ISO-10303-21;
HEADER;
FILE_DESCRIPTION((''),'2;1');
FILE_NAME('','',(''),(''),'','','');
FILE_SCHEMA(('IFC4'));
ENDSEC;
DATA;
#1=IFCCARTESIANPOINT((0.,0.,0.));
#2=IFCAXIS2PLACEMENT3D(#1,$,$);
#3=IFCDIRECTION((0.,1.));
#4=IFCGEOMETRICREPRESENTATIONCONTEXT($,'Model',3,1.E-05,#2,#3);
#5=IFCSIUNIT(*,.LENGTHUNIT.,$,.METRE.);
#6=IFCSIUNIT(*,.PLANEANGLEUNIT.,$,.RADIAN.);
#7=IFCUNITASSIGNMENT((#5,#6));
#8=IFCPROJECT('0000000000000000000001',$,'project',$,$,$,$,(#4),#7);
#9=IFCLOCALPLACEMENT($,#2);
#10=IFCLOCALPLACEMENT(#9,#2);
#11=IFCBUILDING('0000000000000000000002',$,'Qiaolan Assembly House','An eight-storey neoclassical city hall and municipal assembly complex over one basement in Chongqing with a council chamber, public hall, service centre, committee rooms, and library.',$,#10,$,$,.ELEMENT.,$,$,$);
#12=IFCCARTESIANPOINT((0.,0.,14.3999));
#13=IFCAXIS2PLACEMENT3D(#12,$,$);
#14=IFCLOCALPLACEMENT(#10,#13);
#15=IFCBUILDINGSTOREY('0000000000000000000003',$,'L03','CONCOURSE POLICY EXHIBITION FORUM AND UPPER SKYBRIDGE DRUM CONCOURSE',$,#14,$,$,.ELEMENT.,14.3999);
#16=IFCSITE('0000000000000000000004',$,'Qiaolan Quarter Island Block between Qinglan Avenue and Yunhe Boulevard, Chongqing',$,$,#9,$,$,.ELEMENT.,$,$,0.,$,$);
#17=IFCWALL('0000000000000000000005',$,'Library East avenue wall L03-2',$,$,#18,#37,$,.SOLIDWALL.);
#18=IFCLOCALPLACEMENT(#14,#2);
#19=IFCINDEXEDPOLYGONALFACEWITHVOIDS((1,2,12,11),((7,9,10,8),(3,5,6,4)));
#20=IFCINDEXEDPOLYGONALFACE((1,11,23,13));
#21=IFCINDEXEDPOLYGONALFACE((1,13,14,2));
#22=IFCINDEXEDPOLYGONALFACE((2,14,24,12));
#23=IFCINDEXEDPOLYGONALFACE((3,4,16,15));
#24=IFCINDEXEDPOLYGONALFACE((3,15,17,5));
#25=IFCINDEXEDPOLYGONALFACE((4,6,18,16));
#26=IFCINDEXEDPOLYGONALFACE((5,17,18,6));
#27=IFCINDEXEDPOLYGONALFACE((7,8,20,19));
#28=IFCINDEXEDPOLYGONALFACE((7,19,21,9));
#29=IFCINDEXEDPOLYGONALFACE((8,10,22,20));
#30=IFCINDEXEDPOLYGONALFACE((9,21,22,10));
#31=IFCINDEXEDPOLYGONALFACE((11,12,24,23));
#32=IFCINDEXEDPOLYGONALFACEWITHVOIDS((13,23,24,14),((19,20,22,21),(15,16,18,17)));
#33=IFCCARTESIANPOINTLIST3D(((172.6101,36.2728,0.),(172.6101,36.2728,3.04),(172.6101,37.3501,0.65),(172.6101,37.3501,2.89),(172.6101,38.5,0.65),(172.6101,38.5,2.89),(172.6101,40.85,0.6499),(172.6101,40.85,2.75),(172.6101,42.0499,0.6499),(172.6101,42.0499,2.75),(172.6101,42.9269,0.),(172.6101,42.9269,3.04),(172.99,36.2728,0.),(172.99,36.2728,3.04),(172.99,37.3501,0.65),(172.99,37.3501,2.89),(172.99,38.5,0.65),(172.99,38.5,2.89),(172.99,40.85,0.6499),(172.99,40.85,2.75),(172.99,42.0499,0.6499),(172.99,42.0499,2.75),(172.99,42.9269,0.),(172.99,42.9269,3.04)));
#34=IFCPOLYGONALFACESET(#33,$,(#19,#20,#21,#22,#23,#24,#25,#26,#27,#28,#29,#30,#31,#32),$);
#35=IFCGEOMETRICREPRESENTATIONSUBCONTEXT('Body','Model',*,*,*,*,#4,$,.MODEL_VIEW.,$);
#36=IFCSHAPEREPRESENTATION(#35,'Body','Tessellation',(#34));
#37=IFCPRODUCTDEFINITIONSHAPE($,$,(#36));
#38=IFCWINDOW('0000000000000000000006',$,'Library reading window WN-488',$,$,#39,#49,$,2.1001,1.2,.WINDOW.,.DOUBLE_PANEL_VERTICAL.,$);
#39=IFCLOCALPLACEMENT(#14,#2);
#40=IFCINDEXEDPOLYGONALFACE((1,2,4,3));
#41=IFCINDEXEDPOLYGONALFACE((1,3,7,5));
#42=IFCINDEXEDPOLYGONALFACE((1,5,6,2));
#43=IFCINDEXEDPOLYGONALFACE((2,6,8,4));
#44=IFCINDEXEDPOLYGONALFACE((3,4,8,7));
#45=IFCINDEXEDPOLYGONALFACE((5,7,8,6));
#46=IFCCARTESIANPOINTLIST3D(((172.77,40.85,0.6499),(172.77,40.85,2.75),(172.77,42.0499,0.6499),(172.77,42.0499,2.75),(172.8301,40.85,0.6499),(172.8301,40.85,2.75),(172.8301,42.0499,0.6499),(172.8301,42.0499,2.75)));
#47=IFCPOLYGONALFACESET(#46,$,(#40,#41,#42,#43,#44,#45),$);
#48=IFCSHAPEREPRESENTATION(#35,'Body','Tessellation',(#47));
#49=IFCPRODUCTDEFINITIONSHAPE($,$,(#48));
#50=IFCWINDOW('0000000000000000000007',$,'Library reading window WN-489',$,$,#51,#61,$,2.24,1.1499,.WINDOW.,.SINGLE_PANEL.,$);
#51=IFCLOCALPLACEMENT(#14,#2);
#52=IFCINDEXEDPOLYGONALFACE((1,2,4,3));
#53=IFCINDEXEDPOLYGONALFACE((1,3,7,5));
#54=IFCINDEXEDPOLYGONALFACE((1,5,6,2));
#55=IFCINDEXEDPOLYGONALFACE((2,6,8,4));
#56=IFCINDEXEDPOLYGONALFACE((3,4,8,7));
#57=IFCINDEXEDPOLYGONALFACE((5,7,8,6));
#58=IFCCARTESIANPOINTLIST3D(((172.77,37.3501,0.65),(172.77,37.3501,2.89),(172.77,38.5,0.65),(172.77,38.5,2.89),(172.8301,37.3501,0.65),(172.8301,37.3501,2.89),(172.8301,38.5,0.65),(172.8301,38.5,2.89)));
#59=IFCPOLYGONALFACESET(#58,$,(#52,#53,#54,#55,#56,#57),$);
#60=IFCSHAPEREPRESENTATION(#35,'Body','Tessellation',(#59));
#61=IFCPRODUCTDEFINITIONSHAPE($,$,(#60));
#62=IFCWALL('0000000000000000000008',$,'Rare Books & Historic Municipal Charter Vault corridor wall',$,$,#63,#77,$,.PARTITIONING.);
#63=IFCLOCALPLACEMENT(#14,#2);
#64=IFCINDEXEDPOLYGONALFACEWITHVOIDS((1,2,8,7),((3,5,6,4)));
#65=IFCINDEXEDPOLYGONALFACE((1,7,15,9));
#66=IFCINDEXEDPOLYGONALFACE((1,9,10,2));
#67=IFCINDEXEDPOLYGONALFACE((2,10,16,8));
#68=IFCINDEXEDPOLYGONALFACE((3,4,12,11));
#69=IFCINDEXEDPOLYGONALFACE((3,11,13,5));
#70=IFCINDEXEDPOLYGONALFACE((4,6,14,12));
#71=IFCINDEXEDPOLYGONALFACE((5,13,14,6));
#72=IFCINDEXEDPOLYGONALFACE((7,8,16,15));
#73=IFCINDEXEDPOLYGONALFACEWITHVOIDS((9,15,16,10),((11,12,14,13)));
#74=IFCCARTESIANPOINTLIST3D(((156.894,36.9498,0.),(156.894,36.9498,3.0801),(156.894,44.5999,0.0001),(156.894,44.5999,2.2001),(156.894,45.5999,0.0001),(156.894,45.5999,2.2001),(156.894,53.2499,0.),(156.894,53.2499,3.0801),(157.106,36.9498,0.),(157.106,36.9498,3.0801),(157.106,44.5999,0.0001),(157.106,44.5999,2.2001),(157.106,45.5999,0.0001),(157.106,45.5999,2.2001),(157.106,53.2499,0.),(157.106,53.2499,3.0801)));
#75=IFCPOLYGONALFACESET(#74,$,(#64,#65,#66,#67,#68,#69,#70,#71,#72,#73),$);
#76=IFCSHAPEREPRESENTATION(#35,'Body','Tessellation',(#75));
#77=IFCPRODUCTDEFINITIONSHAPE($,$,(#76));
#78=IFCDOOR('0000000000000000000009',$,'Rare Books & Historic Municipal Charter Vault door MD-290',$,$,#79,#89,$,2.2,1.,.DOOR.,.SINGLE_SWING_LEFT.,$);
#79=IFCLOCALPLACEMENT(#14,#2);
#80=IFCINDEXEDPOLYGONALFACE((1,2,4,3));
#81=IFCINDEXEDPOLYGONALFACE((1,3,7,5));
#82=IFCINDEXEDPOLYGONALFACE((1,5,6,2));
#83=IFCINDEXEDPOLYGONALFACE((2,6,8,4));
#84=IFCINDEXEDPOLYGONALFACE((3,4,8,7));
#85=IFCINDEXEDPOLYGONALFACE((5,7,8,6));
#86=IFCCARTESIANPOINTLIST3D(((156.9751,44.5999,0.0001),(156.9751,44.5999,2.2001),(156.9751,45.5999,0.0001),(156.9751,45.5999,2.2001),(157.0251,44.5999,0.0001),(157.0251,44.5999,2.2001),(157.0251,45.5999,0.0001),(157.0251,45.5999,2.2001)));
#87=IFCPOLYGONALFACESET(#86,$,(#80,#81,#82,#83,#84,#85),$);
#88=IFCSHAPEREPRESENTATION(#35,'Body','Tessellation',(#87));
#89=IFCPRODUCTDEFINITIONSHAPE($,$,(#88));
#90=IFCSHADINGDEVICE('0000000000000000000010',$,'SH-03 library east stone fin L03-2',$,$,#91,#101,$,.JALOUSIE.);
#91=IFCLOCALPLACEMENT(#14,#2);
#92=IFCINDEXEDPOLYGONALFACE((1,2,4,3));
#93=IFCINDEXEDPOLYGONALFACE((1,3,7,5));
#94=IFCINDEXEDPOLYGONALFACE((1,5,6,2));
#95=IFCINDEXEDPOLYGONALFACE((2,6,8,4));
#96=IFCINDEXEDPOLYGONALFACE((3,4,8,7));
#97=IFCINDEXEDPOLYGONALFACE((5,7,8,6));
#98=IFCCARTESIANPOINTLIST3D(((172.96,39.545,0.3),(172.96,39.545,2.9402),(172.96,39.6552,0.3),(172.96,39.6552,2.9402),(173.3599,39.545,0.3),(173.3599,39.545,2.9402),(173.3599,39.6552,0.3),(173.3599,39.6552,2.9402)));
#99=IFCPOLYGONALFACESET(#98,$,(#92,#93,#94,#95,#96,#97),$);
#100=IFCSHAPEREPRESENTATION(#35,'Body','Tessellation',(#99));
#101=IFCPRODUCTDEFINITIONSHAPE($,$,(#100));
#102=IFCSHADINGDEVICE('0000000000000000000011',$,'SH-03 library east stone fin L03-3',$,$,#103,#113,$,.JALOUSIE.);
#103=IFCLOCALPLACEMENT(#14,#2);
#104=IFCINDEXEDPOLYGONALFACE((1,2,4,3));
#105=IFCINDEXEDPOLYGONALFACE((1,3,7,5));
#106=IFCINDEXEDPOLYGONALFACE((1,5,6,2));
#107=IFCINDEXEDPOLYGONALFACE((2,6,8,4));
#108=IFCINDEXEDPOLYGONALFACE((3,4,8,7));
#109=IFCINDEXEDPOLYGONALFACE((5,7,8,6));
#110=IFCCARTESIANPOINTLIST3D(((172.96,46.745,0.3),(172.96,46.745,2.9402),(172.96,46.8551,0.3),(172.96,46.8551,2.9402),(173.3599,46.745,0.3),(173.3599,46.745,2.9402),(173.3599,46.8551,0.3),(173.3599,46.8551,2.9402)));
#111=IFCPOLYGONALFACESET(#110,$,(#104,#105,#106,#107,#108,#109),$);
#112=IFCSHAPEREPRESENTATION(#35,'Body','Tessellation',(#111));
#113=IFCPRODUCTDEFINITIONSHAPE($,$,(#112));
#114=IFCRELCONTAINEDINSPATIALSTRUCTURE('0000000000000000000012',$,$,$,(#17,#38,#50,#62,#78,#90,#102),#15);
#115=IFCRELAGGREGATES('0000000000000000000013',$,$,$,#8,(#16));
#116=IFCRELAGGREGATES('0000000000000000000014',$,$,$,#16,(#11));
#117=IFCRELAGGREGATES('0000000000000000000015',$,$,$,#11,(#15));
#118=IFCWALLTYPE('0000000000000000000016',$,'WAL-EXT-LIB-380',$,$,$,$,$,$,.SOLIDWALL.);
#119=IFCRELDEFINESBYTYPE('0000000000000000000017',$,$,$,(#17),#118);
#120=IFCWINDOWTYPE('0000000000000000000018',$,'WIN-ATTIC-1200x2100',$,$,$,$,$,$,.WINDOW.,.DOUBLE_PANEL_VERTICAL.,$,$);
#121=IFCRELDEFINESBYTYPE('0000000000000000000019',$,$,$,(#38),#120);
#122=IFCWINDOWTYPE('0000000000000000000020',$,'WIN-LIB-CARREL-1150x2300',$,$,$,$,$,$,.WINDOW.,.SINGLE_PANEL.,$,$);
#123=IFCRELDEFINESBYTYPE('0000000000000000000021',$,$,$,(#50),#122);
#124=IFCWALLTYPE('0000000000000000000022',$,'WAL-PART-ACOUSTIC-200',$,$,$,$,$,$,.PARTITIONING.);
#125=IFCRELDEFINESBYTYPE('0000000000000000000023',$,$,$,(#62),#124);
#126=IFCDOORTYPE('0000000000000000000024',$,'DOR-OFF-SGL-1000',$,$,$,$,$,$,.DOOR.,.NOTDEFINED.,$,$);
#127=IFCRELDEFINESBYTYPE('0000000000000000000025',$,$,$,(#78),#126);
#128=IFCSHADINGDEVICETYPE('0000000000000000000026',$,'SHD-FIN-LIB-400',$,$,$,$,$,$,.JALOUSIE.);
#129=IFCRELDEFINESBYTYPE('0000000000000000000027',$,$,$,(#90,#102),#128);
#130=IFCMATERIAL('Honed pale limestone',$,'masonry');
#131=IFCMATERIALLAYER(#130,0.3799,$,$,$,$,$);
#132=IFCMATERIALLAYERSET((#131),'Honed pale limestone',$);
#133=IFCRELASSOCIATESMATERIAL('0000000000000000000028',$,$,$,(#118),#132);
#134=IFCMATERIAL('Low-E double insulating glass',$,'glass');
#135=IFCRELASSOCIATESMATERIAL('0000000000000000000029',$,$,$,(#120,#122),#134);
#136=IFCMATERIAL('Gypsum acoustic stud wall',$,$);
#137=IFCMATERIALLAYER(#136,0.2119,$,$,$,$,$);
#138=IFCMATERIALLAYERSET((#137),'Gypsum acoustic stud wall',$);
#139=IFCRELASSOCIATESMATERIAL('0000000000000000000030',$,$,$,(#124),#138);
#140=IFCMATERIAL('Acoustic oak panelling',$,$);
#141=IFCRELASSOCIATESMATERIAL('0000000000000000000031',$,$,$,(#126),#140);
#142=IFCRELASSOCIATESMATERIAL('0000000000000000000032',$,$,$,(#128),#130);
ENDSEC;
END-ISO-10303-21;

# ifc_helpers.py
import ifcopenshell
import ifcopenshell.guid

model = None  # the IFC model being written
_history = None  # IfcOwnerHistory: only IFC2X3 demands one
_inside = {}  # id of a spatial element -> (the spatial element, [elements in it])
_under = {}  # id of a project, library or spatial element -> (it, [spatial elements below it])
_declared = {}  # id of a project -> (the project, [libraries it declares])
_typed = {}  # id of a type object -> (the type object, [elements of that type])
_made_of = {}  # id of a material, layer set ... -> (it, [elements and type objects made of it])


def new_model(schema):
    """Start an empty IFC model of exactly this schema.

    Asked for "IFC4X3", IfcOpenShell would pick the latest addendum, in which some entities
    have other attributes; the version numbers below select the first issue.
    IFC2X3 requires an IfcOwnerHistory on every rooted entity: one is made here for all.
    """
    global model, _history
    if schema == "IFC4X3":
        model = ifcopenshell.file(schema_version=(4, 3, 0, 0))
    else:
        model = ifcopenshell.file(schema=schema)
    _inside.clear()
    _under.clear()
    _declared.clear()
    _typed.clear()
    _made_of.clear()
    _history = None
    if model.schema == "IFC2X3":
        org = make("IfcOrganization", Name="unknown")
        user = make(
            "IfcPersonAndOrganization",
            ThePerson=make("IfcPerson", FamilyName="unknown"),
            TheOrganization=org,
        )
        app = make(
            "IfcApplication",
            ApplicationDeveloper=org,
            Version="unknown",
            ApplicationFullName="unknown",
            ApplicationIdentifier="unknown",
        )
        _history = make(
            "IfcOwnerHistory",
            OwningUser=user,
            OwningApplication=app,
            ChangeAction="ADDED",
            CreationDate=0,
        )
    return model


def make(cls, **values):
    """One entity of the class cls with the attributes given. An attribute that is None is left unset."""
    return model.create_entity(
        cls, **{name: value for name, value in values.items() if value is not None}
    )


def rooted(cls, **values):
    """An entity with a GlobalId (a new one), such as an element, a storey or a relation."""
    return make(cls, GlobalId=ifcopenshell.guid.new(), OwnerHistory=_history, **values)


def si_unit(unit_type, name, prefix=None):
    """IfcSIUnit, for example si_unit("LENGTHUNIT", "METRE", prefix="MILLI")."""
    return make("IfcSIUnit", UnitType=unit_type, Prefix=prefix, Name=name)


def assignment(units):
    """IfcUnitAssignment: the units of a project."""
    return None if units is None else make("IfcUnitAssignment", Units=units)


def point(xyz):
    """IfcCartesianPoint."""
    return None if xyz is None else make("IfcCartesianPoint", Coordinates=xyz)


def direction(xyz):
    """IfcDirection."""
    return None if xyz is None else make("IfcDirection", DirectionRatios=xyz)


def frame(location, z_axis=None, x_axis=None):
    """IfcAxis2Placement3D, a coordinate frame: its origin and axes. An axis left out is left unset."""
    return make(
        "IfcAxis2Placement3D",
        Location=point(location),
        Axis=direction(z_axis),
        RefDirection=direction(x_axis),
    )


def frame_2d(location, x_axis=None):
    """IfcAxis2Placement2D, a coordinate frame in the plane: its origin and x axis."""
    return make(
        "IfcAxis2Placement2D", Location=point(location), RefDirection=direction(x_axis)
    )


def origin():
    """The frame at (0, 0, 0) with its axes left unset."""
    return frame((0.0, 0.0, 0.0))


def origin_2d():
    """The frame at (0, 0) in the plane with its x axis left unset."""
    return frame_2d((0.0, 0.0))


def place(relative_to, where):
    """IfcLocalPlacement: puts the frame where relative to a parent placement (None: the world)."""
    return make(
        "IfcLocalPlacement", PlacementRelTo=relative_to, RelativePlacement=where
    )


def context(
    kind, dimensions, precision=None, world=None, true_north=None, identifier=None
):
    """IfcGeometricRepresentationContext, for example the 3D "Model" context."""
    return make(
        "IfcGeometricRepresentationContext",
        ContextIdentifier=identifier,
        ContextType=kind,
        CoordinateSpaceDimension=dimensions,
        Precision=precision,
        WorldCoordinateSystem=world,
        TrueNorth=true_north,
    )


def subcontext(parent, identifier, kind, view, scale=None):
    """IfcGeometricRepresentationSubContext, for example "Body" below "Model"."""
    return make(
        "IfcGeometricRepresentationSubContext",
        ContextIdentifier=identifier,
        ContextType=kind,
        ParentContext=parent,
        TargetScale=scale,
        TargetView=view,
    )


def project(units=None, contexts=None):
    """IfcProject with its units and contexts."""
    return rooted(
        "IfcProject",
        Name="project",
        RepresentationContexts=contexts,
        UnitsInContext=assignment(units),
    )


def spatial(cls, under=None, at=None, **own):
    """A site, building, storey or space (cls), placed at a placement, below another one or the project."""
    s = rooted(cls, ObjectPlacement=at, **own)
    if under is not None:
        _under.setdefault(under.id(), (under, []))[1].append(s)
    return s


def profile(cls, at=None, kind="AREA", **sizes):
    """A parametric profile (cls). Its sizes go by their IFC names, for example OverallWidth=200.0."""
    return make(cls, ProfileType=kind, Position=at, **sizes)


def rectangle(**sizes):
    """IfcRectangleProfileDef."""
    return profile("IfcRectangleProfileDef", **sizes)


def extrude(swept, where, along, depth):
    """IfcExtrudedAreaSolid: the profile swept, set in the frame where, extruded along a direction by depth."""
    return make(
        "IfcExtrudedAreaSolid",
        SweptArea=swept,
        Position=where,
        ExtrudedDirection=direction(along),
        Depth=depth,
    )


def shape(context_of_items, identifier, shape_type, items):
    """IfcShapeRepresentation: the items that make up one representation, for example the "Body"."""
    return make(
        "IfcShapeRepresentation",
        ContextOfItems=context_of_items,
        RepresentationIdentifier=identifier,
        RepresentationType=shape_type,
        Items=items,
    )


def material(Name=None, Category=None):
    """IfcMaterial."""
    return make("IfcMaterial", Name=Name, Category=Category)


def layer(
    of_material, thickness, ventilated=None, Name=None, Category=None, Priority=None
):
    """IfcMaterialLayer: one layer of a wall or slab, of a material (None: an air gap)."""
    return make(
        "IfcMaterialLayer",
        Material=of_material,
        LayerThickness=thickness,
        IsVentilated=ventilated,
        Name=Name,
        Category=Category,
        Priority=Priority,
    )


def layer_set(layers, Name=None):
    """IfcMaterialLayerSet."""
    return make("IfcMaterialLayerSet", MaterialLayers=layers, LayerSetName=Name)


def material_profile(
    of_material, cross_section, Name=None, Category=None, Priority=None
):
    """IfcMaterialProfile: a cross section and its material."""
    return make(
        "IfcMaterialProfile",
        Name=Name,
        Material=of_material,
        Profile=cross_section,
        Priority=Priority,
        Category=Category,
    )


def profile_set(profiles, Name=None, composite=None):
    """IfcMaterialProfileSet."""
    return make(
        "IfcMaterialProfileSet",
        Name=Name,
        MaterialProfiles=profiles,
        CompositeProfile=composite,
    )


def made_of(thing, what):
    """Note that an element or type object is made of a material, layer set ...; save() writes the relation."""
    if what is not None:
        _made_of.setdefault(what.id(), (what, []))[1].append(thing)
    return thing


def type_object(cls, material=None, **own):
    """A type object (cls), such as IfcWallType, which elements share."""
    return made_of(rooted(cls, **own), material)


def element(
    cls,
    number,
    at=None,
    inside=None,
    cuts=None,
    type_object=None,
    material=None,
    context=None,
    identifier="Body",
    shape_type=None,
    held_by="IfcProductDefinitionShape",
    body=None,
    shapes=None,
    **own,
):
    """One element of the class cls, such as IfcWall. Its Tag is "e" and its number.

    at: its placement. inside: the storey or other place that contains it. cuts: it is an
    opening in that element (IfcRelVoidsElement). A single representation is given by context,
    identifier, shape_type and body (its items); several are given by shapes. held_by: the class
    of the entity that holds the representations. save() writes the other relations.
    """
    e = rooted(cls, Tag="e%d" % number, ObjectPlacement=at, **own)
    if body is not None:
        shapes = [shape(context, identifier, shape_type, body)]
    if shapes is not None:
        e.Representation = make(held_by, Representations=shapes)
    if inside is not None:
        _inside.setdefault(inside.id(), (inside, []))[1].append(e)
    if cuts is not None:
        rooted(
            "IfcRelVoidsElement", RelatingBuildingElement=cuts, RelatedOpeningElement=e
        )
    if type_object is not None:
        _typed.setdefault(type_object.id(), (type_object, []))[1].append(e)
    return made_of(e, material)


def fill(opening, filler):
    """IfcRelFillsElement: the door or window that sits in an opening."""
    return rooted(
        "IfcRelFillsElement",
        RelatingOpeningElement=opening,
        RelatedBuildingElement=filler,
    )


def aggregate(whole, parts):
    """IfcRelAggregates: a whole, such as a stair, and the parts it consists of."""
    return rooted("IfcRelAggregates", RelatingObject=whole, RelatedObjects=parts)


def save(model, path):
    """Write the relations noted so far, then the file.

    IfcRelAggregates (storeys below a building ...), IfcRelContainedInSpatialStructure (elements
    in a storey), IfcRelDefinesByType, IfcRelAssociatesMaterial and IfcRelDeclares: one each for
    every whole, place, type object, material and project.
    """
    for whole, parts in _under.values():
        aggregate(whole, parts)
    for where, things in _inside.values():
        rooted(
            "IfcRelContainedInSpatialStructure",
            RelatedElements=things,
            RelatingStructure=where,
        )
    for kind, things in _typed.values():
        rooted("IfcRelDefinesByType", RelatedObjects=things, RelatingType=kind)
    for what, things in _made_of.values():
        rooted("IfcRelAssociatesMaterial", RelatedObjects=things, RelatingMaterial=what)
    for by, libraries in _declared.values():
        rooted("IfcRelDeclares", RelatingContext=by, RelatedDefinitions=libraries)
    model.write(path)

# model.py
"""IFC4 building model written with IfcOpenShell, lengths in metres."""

from ifc_helpers import new_model, si_unit, direction, frame, frame_2d, origin, origin_2d, place, context, subcontext, project, spatial, rectangle, extrude, material, layer, layer_set, material_profile, profile_set, type_object, element, fill, save


model = new_model("IFC4")

# Units and contexts
model_context = context("Model", 3, precision=1e-05, world=origin(), true_north=direction((0.0, 1.0)))
body_context = subcontext(model_context, "Body", "Model", "MODEL_VIEW")
ifc_project = project(units=[si_unit("LENGTHUNIT", "METRE"), si_unit("PLANEANGLEUNIT", "RADIAN")], contexts=[model_context])

# Site, building, storey
site_placement = place(None, origin())
site = spatial("IfcSite", under=ifc_project, at=site_placement, Name="Qiaolan Quarter Island Block between Qinglan Avenue and Yunhe Boulevard, Chongqing", CompositionType="ELEMENT", RefElevation=0.0)
building_placement = place(site_placement, origin())
building = spatial("IfcBuilding", under=site, at=building_placement, Name="Qiaolan Assembly House", Description="An eight-storey neoclassical city hall and municipal assembly complex over one basement in Chongqing with a council chamber, public hall, service centre, committee rooms, and library.", CompositionType="ELEMENT")
storey_placement = place(building_placement, frame((0.0, 0.0, 14.3999)))
storey = spatial("IfcBuildingStorey", under=building, at=storey_placement, Name="L03", Description="CONCOURSE POLICY EXHIBITION FORUM AND UPPER SKYBRIDGE DRUM CONCOURSE", CompositionType="ELEMENT", Elevation=14.3999)

# Wall, openings, windows
ifc_material_1 = material(Name="Honed pale limestone", Category="masonry")
ifc_layer_1 = layer(ifc_material_1, 0.3799)
ifc_layer_set_1 = layer_set([ifc_layer_1], Name="Honed pale limestone")
wall_type_1 = type_object("IfcWallType", Name="WAL-EXT-LIB-380", PredefinedType="SOLIDWALL", material=ifc_layer_set_1)
wall_1_placement = place(storey_placement, frame((172.8, 42.927, 0.0), z_axis=(0.0, 0.0, 1.0), x_axis=(0.0, -1.0, 0.0)))
wall_1 = element("IfcWall", 1, at=wall_1_placement, inside=storey, type_object=wall_type_1, Name="Library East avenue wall L03-2", PredefinedType="SOLIDWALL", context=body_context, shape_type="SweptSolid", body=[
    extrude(rectangle(XDim=6.6541, YDim=0.3799, at=frame_2d((3.3271, 0.0))), origin(), (0.0, 0.0, 1.0), 3.04),
])
opening_1_placement = place(wall_1_placement, frame((0.877, 0.0, 0.6499)))
opening_1 = element("IfcOpeningElement", 2, at=opening_1_placement, cuts=wall_1, PredefinedType="OPENING", context=body_context, shape_type="SweptSolid", body=[
    extrude(rectangle(XDim=1.2, YDim=2.1001, at=frame_2d((0.6001, 1.05))), frame((0.0, 0.2, 0.0), z_axis=(0.0, -1.0, 0.0), x_axis=(1.0, 0.0, 0.0)), (0.0, 0.0, 1.0), 0.3999),
])
opening_2_placement = place(wall_1_placement, frame((4.427, 0.0, 0.6499)))
opening_2 = element("IfcOpeningElement", 3, at=opening_2_placement, cuts=wall_1, PredefinedType="OPENING", context=body_context, shape_type="SweptSolid", body=[
    extrude(rectangle(XDim=1.1499, YDim=2.24, at=frame_2d((0.575, 1.1201))), frame((0.0, 0.2, 0.0), z_axis=(0.0, -1.0, 0.0), x_axis=(1.0, 0.0, 0.0)), (0.0, 0.0, 1.0), 0.3999),
])
ifc_material_2 = material(Name="Low-E double insulating glass", Category="glass")
window_type_1 = type_object("IfcWindowType", Name="WIN-ATTIC-1200x2100", PartitioningType="DOUBLE_PANEL_VERTICAL", PredefinedType="WINDOW", material=ifc_material_2)
window_1_placement = place(opening_1_placement, origin())
window_1 = element("IfcWindow", 4, at=window_1_placement, inside=storey, type_object=window_type_1, Name="Library reading window WN-488", OverallHeight=2.1001, OverallWidth=1.2, PartitioningType="DOUBLE_PANEL_VERTICAL", PredefinedType="WINDOW", context=body_context, shape_type="SweptSolid", body=[
    extrude(rectangle(XDim=1.2, YDim=2.1001, at=frame_2d((0.6001, 1.05))), frame((0.0, 0.03, 0.0), z_axis=(0.0, -1.0, 0.0), x_axis=(1.0, 0.0, 0.0)), (0.0, 0.0, 1.0), 0.0601),
])
fill(opening_1, window_1)
window_type_2 = type_object("IfcWindowType", Name="WIN-LIB-CARREL-1150x2300", PartitioningType="SINGLE_PANEL", PredefinedType="WINDOW", material=ifc_material_2)
window_2_placement = place(opening_2_placement, origin())
window_2 = element("IfcWindow", 5, at=window_2_placement, inside=storey, type_object=window_type_2, Name="Library reading window WN-489", OverallHeight=2.24, OverallWidth=1.1499, PartitioningType="SINGLE_PANEL", PredefinedType="WINDOW", context=body_context, shape_type="SweptSolid", body=[
    extrude(rectangle(XDim=1.1499, YDim=2.24, at=frame_2d((0.575, 1.1201))), frame((0.0, 0.03, 0.0), z_axis=(0.0, -1.0, 0.0), x_axis=(1.0, 0.0, 0.0)), (0.0, 0.0, 1.0), 0.0601),
])
fill(opening_2, window_2)

# Wall, opening, door
ifc_material_3 = material(Name="Gypsum acoustic stud wall")
ifc_layer_2 = layer(ifc_material_3, 0.2119)
ifc_layer_set_2 = layer_set([ifc_layer_2], Name="Gypsum acoustic stud wall")
wall_type_2 = type_object("IfcWallType", Name="WAL-PART-ACOUSTIC-200", PredefinedType="PARTITIONING", material=ifc_layer_set_2)
wall_2_placement = place(storey_placement, frame((157.0, 36.95, 0.0), z_axis=(0.0, 0.0, 1.0), x_axis=(0.0, 1.0, 0.0)))
wall_2 = element("IfcWall", 6, at=wall_2_placement, inside=storey, type_object=wall_type_2, Name="Rare Books & Historic Municipal Charter Vault corridor wall", PredefinedType="PARTITIONING", context=body_context, shape_type="SweptSolid", body=[
    extrude(rectangle(XDim=16.3, YDim=0.2119, at=frame_2d((8.1499, 0.0))), origin(), (0.0, 0.0, 1.0), 3.0801),
])
opening_3_placement = place(wall_2_placement, frame((7.6499, 0.0, 0.0)))
opening_3 = element("IfcOpeningElement", 7, at=opening_3_placement, cuts=wall_2, PredefinedType="OPENING", context=body_context, shape_type="SweptSolid", body=[
    extrude(rectangle(XDim=1.0, YDim=2.2, at=frame_2d((0.5, 1.1001))), frame((0.0, 0.116, 0.0), z_axis=(0.0, -1.0, 0.0), x_axis=(1.0, 0.0, 0.0)), (0.0, 0.0, 1.0), 0.2319),
])
ifc_material_4 = material(Name="Acoustic oak panelling")
door_type = type_object("IfcDoorType", Name="DOR-OFF-SGL-1000", OperationType="NOTDEFINED", PredefinedType="DOOR", material=ifc_material_4)
door_placement = place(opening_3_placement, origin())
door = element("IfcDoor", 8, at=door_placement, inside=storey, type_object=door_type, Name="Rare Books & Historic Municipal Charter Vault door MD-290", OperationType="SINGLE_SWING_LEFT", OverallHeight=2.2, OverallWidth=1.0, PredefinedType="DOOR", context=body_context, shape_type="SweptSolid", body=[
    extrude(rectangle(XDim=1.0, YDim=2.2, at=frame_2d((0.5, 1.1001))), frame((0.0, 0.0249, 0.0), z_axis=(0.0, -1.0, 0.0), x_axis=(1.0, 0.0, 0.0)), (0.0, 0.0, 1.0), 0.05),
])
fill(opening_3, door)

# Shading devices
ifc_material_profile_1 = material_profile(ifc_material_1, rectangle(XDim=0.1101, YDim=0.3999, at=origin_2d()), Name="FIN 110x400")
ifc_profile_set_1 = profile_set([ifc_material_profile_1], Name="Honed pale limestone")
shading_device_type = type_object("IfcShadingDeviceType", Name="SHD-FIN-LIB-400", PredefinedType="JALOUSIE", material=ifc_profile_set_1)
for number, where, z_axis, x_axis, name in (
    (9, (173.1599, 39.6001, 0.3), (0.0, 0.0, 1.0), (0.0, 1.0, 0.0), "SH-03 library east stone fin L03-2"),
    (10, (173.1599, 46.8, 0.3), (0.0, 0.0, 1.0), (0.0, 1.0, 0.0), "SH-03 library east stone fin L03-3"),
):
    element("IfcShadingDevice", number, at=place(storey_placement, frame(where, z_axis=z_axis, x_axis=x_axis)), inside=storey, type_object=shading_device_type, Name=name, PredefinedType="JALOUSIE", context=body_context, shape_type="SweptSolid", body=[
        extrude(rectangle(XDim=0.1101, YDim=0.3999, at=origin_2d()), origin(), (0.0, 0.0, 1.0), 2.6401),
    ])

save(model, "model.ifc")
